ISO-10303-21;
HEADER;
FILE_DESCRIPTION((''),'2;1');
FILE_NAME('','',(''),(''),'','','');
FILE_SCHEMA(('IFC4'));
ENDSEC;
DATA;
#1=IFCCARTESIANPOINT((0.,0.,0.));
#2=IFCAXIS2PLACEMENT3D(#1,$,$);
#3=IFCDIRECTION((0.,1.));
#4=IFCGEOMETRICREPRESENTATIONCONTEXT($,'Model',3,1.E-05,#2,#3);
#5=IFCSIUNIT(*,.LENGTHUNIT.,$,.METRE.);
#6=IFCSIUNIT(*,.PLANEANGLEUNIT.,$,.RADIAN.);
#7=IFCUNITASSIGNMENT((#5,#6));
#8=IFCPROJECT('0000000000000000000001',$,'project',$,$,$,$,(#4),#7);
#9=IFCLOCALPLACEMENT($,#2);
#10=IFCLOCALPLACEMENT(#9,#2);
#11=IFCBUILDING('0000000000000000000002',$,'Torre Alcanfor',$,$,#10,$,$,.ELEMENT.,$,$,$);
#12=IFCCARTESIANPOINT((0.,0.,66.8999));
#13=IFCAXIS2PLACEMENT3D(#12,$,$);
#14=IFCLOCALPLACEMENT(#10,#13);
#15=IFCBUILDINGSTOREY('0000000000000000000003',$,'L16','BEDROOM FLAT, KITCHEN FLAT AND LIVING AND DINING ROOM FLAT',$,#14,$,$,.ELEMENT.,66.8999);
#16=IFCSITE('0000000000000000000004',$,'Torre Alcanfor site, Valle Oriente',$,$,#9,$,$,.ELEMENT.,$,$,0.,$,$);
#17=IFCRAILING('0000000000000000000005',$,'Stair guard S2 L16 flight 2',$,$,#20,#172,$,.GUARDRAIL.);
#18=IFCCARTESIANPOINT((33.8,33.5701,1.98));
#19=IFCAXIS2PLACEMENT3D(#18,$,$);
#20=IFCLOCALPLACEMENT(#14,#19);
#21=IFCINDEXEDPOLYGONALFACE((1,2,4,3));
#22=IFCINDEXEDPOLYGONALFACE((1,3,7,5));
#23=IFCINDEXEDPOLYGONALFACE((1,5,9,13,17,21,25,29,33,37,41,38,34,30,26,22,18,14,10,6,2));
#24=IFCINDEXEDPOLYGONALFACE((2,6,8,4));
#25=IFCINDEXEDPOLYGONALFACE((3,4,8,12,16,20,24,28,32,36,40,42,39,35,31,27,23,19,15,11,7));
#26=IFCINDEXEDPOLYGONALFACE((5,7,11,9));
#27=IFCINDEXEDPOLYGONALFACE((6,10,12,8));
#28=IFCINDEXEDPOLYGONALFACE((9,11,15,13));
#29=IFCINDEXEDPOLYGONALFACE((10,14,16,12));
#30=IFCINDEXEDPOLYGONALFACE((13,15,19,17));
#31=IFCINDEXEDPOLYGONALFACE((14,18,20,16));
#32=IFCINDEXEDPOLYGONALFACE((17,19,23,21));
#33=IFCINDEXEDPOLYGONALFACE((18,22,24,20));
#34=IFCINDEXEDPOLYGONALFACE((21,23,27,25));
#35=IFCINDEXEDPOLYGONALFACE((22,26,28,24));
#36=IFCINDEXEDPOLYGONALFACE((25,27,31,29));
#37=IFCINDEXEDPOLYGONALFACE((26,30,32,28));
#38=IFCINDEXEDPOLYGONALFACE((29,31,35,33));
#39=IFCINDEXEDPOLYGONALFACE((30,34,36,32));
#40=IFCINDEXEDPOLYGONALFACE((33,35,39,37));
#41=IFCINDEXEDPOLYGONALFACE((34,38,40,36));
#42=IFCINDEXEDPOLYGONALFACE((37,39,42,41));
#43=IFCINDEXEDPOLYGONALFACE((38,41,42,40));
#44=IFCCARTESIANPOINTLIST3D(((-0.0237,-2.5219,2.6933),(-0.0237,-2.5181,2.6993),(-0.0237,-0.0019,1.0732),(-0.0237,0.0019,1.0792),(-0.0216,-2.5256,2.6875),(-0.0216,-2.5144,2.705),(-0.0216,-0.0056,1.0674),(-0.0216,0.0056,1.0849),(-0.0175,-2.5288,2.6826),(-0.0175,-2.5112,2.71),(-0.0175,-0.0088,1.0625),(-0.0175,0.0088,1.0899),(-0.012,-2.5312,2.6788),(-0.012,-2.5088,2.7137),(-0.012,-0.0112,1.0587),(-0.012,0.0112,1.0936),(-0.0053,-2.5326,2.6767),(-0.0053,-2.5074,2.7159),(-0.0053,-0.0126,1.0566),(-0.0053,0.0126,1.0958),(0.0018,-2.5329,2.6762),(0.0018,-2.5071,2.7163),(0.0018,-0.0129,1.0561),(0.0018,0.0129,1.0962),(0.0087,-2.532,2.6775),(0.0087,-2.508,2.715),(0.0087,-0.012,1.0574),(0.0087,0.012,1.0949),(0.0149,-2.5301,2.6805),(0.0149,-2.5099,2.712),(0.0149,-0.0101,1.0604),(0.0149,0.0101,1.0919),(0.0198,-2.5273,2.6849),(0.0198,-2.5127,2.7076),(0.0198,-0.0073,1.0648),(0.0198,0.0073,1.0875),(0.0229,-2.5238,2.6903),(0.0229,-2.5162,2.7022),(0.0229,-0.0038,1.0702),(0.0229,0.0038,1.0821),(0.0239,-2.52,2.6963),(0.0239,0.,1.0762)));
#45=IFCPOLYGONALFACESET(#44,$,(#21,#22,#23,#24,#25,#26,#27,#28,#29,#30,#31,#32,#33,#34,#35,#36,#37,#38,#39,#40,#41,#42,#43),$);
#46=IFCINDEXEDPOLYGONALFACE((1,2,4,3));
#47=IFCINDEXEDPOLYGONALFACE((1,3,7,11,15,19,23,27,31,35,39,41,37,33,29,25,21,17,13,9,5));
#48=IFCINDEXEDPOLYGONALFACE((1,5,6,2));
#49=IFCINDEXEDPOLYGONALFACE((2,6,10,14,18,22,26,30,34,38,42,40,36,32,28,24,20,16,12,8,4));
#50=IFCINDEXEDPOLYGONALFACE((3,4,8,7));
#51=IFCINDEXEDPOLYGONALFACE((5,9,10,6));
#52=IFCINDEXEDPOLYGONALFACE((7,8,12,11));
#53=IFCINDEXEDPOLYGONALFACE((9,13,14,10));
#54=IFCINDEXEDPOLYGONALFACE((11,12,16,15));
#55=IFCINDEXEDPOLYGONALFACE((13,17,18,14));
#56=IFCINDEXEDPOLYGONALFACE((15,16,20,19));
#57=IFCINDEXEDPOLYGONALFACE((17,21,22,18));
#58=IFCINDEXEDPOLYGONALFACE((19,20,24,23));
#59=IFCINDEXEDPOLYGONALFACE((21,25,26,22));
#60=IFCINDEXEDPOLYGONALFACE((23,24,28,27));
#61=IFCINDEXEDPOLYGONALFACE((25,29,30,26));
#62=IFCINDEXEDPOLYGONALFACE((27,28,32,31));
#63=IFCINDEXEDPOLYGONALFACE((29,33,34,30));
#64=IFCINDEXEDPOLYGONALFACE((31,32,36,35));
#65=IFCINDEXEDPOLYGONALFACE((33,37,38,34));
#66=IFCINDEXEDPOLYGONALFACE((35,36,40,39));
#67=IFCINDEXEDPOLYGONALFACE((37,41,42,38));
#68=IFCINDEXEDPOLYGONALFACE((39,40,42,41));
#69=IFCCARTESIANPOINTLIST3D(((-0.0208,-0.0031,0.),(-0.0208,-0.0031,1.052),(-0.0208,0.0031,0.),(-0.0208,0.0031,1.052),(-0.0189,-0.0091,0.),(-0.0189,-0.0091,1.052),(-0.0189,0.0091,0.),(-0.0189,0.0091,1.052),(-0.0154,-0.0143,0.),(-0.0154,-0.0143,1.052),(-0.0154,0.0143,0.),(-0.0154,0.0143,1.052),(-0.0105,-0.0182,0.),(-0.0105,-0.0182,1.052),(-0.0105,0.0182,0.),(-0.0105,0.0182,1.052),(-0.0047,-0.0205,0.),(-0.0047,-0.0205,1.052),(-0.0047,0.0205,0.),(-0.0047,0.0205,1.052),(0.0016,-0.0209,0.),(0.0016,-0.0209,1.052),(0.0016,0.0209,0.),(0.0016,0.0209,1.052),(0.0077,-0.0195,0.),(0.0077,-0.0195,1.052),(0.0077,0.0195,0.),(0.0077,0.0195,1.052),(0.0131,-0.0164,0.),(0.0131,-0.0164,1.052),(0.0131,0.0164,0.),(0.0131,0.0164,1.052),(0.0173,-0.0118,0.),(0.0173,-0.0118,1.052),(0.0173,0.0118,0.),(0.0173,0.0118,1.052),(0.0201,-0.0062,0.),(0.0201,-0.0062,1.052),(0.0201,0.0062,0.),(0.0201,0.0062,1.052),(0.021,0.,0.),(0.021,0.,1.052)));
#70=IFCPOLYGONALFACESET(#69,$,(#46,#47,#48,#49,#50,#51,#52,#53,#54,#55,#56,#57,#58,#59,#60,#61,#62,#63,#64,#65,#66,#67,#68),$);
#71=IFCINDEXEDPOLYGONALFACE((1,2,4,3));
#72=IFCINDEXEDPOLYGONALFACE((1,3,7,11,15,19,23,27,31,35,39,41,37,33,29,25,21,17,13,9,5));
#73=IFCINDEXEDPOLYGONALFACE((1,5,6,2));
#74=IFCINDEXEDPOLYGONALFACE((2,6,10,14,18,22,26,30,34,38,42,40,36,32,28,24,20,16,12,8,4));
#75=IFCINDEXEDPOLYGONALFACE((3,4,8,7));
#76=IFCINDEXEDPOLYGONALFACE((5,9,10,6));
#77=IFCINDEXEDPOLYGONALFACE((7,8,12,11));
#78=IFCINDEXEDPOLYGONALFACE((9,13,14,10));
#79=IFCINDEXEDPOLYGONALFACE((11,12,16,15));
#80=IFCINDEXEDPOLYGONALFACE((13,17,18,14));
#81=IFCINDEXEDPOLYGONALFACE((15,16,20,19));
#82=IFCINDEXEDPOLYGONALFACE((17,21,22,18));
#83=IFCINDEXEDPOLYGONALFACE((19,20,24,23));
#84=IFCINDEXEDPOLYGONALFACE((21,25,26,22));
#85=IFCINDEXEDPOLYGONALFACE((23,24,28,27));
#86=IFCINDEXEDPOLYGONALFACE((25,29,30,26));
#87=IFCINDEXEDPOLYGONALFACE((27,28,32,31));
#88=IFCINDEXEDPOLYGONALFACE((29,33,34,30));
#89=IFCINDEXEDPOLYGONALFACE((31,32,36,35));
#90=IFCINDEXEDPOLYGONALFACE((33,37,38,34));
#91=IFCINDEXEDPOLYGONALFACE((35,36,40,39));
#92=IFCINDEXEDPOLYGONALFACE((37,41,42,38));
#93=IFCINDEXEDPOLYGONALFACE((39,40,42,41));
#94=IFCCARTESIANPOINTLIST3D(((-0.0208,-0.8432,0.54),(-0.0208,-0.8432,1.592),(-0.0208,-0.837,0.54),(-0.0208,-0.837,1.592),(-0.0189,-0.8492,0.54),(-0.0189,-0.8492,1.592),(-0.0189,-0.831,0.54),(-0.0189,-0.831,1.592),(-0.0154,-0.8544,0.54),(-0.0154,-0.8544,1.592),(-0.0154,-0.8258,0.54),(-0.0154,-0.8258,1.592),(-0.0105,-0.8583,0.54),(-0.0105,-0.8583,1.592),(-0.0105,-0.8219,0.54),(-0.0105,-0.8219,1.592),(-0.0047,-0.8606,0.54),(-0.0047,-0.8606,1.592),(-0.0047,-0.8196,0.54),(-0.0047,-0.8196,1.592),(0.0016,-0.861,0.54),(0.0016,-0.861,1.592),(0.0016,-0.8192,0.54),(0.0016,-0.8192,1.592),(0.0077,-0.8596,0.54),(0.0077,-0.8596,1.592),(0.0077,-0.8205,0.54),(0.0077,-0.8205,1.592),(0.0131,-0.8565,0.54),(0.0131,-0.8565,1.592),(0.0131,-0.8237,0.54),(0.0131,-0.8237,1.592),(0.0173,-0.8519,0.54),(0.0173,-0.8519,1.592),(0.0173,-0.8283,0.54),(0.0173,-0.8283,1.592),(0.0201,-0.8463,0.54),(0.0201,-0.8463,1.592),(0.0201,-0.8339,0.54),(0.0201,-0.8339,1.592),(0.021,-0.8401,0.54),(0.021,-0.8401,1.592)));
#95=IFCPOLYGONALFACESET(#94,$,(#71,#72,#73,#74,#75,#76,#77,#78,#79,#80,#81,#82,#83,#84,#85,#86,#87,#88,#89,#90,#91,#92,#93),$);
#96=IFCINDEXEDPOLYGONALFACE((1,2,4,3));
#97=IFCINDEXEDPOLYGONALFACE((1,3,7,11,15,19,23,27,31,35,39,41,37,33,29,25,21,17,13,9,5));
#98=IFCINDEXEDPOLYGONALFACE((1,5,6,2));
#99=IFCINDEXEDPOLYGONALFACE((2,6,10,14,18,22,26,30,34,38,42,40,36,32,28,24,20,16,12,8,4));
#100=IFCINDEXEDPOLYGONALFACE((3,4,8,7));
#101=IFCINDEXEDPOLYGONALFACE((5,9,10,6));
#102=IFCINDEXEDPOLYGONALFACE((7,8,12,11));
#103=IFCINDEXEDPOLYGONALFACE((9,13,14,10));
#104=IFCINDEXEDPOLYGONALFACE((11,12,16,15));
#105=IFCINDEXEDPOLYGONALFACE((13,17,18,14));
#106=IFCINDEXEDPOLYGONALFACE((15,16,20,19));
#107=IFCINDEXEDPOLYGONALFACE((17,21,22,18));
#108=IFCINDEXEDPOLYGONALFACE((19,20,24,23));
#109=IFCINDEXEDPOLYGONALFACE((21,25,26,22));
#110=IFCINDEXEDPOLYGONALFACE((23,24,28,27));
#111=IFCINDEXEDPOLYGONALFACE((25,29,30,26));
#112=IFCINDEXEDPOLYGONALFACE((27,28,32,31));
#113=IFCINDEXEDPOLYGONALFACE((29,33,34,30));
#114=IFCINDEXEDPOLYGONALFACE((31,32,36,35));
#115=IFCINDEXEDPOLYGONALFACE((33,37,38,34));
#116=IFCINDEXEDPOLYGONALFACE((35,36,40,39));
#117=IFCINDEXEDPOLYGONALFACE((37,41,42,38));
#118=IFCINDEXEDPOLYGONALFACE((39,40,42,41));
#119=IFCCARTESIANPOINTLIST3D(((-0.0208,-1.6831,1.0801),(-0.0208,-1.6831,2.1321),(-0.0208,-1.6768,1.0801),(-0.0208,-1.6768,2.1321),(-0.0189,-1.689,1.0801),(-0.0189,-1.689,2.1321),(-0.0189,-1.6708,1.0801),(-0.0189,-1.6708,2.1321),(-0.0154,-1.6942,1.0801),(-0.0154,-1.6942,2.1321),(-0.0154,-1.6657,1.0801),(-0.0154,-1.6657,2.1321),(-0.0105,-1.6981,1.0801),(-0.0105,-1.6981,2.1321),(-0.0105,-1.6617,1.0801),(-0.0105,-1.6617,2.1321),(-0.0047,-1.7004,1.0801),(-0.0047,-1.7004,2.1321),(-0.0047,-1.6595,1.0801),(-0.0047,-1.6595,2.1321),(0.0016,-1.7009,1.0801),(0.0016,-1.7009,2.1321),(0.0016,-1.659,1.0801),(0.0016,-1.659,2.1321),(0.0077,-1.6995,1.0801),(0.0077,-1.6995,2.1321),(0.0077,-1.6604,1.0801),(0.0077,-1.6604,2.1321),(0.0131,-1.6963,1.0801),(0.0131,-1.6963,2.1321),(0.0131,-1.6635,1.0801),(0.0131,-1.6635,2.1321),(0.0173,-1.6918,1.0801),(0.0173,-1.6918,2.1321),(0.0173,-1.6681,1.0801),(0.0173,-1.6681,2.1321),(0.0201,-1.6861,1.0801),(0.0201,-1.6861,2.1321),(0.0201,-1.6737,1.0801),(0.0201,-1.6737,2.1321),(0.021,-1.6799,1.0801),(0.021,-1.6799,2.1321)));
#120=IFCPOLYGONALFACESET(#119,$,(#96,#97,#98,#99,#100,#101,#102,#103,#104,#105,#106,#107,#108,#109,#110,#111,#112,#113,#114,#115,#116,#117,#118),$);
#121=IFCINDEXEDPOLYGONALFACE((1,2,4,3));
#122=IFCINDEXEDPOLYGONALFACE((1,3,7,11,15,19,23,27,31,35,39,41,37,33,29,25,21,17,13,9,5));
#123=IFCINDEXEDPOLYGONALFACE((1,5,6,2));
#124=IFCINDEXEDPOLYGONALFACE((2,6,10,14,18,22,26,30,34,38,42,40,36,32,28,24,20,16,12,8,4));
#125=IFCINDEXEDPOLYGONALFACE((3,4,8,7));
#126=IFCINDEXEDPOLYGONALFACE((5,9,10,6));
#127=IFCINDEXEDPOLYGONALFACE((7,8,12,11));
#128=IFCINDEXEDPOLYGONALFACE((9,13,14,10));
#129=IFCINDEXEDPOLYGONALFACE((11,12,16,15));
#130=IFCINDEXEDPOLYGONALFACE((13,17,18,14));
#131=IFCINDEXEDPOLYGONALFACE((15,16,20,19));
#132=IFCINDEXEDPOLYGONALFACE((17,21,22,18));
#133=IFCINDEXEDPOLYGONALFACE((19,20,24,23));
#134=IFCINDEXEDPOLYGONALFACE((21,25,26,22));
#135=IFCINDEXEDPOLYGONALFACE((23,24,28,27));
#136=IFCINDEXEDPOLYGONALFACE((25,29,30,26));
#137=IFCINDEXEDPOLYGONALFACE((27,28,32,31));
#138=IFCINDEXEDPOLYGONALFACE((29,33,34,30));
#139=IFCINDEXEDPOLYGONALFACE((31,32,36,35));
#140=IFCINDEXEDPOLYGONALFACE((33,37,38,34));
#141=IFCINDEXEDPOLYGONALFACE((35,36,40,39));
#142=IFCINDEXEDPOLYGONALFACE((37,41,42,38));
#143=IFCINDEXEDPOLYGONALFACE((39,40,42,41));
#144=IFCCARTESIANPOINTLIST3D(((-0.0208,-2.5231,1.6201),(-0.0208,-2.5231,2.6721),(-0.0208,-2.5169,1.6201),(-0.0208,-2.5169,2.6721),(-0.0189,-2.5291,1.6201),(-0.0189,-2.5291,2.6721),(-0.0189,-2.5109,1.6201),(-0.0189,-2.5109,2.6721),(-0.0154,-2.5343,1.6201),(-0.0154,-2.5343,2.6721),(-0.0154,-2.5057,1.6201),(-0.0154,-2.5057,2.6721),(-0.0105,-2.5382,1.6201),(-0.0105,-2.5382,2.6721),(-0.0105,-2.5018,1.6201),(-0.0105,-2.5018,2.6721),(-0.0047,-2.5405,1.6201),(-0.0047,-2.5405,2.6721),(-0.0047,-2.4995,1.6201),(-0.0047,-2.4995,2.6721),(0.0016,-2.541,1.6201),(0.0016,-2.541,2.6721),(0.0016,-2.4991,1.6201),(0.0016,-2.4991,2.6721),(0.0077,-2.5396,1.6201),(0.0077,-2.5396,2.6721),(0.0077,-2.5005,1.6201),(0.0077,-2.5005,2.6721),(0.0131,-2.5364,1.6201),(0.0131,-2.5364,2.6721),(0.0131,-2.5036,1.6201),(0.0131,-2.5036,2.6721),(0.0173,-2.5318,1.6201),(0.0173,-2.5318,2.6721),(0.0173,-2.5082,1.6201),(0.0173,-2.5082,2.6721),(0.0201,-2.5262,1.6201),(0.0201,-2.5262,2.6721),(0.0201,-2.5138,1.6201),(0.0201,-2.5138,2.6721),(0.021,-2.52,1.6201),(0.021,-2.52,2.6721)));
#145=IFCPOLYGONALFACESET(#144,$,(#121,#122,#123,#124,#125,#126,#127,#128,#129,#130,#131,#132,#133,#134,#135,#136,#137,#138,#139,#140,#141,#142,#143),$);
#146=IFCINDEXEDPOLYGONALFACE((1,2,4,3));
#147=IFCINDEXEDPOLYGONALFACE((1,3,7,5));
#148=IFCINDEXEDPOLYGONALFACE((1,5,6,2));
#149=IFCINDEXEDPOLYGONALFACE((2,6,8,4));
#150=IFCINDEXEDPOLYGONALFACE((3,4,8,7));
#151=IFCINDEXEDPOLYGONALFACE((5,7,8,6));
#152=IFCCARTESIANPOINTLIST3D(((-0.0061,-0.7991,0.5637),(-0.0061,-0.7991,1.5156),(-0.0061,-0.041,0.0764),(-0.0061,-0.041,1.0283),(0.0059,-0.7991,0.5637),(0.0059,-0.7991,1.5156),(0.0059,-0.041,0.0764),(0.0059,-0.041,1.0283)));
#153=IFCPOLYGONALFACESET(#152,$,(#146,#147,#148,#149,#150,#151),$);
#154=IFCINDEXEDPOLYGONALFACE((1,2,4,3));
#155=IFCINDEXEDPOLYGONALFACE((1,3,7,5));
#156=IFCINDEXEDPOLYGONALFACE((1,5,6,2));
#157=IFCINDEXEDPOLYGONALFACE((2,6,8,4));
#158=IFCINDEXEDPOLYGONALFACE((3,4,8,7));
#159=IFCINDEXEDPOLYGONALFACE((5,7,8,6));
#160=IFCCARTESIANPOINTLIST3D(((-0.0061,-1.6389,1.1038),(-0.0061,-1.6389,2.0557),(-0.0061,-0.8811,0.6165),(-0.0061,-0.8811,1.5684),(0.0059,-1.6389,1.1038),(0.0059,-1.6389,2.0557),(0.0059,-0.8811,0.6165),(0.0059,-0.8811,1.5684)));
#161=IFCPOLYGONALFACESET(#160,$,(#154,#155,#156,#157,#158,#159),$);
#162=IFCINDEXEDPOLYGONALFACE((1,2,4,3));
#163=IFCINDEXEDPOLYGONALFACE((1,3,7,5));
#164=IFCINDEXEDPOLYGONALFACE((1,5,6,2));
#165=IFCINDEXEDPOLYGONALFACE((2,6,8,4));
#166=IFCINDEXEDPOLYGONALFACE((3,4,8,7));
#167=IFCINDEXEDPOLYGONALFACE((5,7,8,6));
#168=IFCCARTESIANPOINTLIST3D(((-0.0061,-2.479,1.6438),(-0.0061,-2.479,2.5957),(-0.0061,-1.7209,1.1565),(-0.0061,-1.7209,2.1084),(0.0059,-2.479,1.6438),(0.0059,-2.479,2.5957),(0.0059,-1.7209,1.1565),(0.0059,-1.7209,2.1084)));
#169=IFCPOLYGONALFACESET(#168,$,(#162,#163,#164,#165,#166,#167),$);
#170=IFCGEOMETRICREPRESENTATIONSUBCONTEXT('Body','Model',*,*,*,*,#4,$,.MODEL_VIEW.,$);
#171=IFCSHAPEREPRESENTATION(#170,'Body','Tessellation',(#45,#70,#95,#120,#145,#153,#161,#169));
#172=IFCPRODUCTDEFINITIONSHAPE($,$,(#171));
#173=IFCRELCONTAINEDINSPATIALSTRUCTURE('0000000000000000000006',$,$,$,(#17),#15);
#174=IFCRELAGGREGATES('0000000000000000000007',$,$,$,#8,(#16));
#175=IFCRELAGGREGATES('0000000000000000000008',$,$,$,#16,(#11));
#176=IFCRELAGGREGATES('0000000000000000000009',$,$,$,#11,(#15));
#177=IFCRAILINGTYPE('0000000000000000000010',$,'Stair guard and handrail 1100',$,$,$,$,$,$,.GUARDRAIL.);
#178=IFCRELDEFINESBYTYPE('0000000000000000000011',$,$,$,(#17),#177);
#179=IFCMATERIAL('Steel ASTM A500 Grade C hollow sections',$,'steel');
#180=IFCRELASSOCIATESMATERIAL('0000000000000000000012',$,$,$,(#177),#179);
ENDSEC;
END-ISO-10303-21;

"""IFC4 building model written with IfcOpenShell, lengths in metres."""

from ifc_helpers import new_model, si_unit, direction, frame, origin, origin_2d, place, context, subcontext, project, spatial, polyline, circle, outline, extrude, material, type_object, element, save


model = new_model("IFC4")

# Units and contexts
model_context = context("Model", 3, precision=1e-05, world=origin(), true_north=direction((0.0, 1.0)))
body_context = subcontext(model_context, "Body", "Model", "MODEL_VIEW")
ifc_project = project(units=[si_unit("LENGTHUNIT", "METRE"), si_unit("PLANEANGLEUNIT", "RADIAN")], contexts=[model_context])

# Site, building, storey
site_placement = place(None, origin())
site = spatial("IfcSite", under=ifc_project, at=site_placement, Name="Torre Alcanfor site, Valle Oriente", CompositionType="ELEMENT", RefElevation=0.0)
building_placement = place(site_placement, origin())
building = spatial("IfcBuilding", under=site, at=building_placement, Name="Torre Alcanfor", CompositionType="ELEMENT")
storey_placement = place(building_placement, frame((0.0, 0.0, 66.8999)))
storey = spatial("IfcBuildingStorey", under=building, at=storey_placement, Name="L16", Description="BEDROOM FLAT, KITCHEN FLAT AND LIVING AND DINING ROOM FLAT", CompositionType="ELEMENT", Elevation=66.8999)

# Railing
ifc_material_1 = material(Name="Steel ASTM A500 Grade C hollow sections", Category="steel")
railing_type_1 = type_object("IfcRailingType", Name="Stair guard and handrail 1100", PredefinedType="GUARDRAIL", material=ifc_material_1)
railing_1_placement = place(storey_placement, frame((33.8, 33.5701, 1.98)))
element("IfcRailing", 1, at=railing_1_placement, inside=storey, type_object=railing_type_1, Name="Stair guard S2 L16 flight 2", PredefinedType="GUARDRAIL", context=body_context, shape_type="SweptSolid", body=[
    extrude(circle(Radius=0.0239, at=origin_2d()), frame((0.0, 0.0, 1.0762), z_axis=(0.0, -0.841163, 0.540782), x_axis=(1.0, 0.0, 0.0)), (0.0, 0.0, 1.0), 2.9958),
    extrude(circle(Radius=0.021, at=origin_2d()), origin(), (0.0, 0.0, 1.0), 1.052),
    extrude(circle(Radius=0.021, at=origin_2d()), frame((0.0, -0.8401, 0.54)), (0.0, 0.0, 1.0), 1.052),
    extrude(circle(Radius=0.021, at=origin_2d()), frame((0.0, -1.6799, 1.0801)), (0.0, 0.0, 1.0), 1.052),
    extrude(circle(Radius=0.021, at=origin_2d()), frame((0.0, -2.52, 1.6201)), (0.0, 0.0, 1.0), 1.052),
    extrude(outline(polyline([(0.041, 0.0764), (0.7991, 0.5637), (0.7991, 1.5156), (0.041, 1.0283), (0.041, 0.0764)])), frame((0.0059, 0.0, 0.0), z_axis=(-1.0, 0.0, 0.0), x_axis=(0.0, -1.0, 0.0)), (0.0, 0.0, 1.0), 0.012),
    extrude(outline(polyline([(0.8811, 0.6165), (1.6389, 1.1038), (1.6389, 2.0557), (0.8811, 1.5684), (0.8811, 0.6165)])), frame((0.0059, 0.0, 0.0), z_axis=(-1.0, 0.0, 0.0), x_axis=(0.0, -1.0, 0.0)), (0.0, 0.0, 1.0), 0.012),
    extrude(outline(polyline([(1.7209, 1.1565), (2.479, 1.6438), (2.479, 2.5957), (1.7209, 2.1084), (1.7209, 1.1565)])), frame((0.0059, 0.0, 0.0), z_axis=(-1.0, 0.0, 0.0), x_axis=(0.0, -1.0, 0.0)), (0.0, 0.0, 1.0), 0.012),
])

save(model, "model.ifc")
